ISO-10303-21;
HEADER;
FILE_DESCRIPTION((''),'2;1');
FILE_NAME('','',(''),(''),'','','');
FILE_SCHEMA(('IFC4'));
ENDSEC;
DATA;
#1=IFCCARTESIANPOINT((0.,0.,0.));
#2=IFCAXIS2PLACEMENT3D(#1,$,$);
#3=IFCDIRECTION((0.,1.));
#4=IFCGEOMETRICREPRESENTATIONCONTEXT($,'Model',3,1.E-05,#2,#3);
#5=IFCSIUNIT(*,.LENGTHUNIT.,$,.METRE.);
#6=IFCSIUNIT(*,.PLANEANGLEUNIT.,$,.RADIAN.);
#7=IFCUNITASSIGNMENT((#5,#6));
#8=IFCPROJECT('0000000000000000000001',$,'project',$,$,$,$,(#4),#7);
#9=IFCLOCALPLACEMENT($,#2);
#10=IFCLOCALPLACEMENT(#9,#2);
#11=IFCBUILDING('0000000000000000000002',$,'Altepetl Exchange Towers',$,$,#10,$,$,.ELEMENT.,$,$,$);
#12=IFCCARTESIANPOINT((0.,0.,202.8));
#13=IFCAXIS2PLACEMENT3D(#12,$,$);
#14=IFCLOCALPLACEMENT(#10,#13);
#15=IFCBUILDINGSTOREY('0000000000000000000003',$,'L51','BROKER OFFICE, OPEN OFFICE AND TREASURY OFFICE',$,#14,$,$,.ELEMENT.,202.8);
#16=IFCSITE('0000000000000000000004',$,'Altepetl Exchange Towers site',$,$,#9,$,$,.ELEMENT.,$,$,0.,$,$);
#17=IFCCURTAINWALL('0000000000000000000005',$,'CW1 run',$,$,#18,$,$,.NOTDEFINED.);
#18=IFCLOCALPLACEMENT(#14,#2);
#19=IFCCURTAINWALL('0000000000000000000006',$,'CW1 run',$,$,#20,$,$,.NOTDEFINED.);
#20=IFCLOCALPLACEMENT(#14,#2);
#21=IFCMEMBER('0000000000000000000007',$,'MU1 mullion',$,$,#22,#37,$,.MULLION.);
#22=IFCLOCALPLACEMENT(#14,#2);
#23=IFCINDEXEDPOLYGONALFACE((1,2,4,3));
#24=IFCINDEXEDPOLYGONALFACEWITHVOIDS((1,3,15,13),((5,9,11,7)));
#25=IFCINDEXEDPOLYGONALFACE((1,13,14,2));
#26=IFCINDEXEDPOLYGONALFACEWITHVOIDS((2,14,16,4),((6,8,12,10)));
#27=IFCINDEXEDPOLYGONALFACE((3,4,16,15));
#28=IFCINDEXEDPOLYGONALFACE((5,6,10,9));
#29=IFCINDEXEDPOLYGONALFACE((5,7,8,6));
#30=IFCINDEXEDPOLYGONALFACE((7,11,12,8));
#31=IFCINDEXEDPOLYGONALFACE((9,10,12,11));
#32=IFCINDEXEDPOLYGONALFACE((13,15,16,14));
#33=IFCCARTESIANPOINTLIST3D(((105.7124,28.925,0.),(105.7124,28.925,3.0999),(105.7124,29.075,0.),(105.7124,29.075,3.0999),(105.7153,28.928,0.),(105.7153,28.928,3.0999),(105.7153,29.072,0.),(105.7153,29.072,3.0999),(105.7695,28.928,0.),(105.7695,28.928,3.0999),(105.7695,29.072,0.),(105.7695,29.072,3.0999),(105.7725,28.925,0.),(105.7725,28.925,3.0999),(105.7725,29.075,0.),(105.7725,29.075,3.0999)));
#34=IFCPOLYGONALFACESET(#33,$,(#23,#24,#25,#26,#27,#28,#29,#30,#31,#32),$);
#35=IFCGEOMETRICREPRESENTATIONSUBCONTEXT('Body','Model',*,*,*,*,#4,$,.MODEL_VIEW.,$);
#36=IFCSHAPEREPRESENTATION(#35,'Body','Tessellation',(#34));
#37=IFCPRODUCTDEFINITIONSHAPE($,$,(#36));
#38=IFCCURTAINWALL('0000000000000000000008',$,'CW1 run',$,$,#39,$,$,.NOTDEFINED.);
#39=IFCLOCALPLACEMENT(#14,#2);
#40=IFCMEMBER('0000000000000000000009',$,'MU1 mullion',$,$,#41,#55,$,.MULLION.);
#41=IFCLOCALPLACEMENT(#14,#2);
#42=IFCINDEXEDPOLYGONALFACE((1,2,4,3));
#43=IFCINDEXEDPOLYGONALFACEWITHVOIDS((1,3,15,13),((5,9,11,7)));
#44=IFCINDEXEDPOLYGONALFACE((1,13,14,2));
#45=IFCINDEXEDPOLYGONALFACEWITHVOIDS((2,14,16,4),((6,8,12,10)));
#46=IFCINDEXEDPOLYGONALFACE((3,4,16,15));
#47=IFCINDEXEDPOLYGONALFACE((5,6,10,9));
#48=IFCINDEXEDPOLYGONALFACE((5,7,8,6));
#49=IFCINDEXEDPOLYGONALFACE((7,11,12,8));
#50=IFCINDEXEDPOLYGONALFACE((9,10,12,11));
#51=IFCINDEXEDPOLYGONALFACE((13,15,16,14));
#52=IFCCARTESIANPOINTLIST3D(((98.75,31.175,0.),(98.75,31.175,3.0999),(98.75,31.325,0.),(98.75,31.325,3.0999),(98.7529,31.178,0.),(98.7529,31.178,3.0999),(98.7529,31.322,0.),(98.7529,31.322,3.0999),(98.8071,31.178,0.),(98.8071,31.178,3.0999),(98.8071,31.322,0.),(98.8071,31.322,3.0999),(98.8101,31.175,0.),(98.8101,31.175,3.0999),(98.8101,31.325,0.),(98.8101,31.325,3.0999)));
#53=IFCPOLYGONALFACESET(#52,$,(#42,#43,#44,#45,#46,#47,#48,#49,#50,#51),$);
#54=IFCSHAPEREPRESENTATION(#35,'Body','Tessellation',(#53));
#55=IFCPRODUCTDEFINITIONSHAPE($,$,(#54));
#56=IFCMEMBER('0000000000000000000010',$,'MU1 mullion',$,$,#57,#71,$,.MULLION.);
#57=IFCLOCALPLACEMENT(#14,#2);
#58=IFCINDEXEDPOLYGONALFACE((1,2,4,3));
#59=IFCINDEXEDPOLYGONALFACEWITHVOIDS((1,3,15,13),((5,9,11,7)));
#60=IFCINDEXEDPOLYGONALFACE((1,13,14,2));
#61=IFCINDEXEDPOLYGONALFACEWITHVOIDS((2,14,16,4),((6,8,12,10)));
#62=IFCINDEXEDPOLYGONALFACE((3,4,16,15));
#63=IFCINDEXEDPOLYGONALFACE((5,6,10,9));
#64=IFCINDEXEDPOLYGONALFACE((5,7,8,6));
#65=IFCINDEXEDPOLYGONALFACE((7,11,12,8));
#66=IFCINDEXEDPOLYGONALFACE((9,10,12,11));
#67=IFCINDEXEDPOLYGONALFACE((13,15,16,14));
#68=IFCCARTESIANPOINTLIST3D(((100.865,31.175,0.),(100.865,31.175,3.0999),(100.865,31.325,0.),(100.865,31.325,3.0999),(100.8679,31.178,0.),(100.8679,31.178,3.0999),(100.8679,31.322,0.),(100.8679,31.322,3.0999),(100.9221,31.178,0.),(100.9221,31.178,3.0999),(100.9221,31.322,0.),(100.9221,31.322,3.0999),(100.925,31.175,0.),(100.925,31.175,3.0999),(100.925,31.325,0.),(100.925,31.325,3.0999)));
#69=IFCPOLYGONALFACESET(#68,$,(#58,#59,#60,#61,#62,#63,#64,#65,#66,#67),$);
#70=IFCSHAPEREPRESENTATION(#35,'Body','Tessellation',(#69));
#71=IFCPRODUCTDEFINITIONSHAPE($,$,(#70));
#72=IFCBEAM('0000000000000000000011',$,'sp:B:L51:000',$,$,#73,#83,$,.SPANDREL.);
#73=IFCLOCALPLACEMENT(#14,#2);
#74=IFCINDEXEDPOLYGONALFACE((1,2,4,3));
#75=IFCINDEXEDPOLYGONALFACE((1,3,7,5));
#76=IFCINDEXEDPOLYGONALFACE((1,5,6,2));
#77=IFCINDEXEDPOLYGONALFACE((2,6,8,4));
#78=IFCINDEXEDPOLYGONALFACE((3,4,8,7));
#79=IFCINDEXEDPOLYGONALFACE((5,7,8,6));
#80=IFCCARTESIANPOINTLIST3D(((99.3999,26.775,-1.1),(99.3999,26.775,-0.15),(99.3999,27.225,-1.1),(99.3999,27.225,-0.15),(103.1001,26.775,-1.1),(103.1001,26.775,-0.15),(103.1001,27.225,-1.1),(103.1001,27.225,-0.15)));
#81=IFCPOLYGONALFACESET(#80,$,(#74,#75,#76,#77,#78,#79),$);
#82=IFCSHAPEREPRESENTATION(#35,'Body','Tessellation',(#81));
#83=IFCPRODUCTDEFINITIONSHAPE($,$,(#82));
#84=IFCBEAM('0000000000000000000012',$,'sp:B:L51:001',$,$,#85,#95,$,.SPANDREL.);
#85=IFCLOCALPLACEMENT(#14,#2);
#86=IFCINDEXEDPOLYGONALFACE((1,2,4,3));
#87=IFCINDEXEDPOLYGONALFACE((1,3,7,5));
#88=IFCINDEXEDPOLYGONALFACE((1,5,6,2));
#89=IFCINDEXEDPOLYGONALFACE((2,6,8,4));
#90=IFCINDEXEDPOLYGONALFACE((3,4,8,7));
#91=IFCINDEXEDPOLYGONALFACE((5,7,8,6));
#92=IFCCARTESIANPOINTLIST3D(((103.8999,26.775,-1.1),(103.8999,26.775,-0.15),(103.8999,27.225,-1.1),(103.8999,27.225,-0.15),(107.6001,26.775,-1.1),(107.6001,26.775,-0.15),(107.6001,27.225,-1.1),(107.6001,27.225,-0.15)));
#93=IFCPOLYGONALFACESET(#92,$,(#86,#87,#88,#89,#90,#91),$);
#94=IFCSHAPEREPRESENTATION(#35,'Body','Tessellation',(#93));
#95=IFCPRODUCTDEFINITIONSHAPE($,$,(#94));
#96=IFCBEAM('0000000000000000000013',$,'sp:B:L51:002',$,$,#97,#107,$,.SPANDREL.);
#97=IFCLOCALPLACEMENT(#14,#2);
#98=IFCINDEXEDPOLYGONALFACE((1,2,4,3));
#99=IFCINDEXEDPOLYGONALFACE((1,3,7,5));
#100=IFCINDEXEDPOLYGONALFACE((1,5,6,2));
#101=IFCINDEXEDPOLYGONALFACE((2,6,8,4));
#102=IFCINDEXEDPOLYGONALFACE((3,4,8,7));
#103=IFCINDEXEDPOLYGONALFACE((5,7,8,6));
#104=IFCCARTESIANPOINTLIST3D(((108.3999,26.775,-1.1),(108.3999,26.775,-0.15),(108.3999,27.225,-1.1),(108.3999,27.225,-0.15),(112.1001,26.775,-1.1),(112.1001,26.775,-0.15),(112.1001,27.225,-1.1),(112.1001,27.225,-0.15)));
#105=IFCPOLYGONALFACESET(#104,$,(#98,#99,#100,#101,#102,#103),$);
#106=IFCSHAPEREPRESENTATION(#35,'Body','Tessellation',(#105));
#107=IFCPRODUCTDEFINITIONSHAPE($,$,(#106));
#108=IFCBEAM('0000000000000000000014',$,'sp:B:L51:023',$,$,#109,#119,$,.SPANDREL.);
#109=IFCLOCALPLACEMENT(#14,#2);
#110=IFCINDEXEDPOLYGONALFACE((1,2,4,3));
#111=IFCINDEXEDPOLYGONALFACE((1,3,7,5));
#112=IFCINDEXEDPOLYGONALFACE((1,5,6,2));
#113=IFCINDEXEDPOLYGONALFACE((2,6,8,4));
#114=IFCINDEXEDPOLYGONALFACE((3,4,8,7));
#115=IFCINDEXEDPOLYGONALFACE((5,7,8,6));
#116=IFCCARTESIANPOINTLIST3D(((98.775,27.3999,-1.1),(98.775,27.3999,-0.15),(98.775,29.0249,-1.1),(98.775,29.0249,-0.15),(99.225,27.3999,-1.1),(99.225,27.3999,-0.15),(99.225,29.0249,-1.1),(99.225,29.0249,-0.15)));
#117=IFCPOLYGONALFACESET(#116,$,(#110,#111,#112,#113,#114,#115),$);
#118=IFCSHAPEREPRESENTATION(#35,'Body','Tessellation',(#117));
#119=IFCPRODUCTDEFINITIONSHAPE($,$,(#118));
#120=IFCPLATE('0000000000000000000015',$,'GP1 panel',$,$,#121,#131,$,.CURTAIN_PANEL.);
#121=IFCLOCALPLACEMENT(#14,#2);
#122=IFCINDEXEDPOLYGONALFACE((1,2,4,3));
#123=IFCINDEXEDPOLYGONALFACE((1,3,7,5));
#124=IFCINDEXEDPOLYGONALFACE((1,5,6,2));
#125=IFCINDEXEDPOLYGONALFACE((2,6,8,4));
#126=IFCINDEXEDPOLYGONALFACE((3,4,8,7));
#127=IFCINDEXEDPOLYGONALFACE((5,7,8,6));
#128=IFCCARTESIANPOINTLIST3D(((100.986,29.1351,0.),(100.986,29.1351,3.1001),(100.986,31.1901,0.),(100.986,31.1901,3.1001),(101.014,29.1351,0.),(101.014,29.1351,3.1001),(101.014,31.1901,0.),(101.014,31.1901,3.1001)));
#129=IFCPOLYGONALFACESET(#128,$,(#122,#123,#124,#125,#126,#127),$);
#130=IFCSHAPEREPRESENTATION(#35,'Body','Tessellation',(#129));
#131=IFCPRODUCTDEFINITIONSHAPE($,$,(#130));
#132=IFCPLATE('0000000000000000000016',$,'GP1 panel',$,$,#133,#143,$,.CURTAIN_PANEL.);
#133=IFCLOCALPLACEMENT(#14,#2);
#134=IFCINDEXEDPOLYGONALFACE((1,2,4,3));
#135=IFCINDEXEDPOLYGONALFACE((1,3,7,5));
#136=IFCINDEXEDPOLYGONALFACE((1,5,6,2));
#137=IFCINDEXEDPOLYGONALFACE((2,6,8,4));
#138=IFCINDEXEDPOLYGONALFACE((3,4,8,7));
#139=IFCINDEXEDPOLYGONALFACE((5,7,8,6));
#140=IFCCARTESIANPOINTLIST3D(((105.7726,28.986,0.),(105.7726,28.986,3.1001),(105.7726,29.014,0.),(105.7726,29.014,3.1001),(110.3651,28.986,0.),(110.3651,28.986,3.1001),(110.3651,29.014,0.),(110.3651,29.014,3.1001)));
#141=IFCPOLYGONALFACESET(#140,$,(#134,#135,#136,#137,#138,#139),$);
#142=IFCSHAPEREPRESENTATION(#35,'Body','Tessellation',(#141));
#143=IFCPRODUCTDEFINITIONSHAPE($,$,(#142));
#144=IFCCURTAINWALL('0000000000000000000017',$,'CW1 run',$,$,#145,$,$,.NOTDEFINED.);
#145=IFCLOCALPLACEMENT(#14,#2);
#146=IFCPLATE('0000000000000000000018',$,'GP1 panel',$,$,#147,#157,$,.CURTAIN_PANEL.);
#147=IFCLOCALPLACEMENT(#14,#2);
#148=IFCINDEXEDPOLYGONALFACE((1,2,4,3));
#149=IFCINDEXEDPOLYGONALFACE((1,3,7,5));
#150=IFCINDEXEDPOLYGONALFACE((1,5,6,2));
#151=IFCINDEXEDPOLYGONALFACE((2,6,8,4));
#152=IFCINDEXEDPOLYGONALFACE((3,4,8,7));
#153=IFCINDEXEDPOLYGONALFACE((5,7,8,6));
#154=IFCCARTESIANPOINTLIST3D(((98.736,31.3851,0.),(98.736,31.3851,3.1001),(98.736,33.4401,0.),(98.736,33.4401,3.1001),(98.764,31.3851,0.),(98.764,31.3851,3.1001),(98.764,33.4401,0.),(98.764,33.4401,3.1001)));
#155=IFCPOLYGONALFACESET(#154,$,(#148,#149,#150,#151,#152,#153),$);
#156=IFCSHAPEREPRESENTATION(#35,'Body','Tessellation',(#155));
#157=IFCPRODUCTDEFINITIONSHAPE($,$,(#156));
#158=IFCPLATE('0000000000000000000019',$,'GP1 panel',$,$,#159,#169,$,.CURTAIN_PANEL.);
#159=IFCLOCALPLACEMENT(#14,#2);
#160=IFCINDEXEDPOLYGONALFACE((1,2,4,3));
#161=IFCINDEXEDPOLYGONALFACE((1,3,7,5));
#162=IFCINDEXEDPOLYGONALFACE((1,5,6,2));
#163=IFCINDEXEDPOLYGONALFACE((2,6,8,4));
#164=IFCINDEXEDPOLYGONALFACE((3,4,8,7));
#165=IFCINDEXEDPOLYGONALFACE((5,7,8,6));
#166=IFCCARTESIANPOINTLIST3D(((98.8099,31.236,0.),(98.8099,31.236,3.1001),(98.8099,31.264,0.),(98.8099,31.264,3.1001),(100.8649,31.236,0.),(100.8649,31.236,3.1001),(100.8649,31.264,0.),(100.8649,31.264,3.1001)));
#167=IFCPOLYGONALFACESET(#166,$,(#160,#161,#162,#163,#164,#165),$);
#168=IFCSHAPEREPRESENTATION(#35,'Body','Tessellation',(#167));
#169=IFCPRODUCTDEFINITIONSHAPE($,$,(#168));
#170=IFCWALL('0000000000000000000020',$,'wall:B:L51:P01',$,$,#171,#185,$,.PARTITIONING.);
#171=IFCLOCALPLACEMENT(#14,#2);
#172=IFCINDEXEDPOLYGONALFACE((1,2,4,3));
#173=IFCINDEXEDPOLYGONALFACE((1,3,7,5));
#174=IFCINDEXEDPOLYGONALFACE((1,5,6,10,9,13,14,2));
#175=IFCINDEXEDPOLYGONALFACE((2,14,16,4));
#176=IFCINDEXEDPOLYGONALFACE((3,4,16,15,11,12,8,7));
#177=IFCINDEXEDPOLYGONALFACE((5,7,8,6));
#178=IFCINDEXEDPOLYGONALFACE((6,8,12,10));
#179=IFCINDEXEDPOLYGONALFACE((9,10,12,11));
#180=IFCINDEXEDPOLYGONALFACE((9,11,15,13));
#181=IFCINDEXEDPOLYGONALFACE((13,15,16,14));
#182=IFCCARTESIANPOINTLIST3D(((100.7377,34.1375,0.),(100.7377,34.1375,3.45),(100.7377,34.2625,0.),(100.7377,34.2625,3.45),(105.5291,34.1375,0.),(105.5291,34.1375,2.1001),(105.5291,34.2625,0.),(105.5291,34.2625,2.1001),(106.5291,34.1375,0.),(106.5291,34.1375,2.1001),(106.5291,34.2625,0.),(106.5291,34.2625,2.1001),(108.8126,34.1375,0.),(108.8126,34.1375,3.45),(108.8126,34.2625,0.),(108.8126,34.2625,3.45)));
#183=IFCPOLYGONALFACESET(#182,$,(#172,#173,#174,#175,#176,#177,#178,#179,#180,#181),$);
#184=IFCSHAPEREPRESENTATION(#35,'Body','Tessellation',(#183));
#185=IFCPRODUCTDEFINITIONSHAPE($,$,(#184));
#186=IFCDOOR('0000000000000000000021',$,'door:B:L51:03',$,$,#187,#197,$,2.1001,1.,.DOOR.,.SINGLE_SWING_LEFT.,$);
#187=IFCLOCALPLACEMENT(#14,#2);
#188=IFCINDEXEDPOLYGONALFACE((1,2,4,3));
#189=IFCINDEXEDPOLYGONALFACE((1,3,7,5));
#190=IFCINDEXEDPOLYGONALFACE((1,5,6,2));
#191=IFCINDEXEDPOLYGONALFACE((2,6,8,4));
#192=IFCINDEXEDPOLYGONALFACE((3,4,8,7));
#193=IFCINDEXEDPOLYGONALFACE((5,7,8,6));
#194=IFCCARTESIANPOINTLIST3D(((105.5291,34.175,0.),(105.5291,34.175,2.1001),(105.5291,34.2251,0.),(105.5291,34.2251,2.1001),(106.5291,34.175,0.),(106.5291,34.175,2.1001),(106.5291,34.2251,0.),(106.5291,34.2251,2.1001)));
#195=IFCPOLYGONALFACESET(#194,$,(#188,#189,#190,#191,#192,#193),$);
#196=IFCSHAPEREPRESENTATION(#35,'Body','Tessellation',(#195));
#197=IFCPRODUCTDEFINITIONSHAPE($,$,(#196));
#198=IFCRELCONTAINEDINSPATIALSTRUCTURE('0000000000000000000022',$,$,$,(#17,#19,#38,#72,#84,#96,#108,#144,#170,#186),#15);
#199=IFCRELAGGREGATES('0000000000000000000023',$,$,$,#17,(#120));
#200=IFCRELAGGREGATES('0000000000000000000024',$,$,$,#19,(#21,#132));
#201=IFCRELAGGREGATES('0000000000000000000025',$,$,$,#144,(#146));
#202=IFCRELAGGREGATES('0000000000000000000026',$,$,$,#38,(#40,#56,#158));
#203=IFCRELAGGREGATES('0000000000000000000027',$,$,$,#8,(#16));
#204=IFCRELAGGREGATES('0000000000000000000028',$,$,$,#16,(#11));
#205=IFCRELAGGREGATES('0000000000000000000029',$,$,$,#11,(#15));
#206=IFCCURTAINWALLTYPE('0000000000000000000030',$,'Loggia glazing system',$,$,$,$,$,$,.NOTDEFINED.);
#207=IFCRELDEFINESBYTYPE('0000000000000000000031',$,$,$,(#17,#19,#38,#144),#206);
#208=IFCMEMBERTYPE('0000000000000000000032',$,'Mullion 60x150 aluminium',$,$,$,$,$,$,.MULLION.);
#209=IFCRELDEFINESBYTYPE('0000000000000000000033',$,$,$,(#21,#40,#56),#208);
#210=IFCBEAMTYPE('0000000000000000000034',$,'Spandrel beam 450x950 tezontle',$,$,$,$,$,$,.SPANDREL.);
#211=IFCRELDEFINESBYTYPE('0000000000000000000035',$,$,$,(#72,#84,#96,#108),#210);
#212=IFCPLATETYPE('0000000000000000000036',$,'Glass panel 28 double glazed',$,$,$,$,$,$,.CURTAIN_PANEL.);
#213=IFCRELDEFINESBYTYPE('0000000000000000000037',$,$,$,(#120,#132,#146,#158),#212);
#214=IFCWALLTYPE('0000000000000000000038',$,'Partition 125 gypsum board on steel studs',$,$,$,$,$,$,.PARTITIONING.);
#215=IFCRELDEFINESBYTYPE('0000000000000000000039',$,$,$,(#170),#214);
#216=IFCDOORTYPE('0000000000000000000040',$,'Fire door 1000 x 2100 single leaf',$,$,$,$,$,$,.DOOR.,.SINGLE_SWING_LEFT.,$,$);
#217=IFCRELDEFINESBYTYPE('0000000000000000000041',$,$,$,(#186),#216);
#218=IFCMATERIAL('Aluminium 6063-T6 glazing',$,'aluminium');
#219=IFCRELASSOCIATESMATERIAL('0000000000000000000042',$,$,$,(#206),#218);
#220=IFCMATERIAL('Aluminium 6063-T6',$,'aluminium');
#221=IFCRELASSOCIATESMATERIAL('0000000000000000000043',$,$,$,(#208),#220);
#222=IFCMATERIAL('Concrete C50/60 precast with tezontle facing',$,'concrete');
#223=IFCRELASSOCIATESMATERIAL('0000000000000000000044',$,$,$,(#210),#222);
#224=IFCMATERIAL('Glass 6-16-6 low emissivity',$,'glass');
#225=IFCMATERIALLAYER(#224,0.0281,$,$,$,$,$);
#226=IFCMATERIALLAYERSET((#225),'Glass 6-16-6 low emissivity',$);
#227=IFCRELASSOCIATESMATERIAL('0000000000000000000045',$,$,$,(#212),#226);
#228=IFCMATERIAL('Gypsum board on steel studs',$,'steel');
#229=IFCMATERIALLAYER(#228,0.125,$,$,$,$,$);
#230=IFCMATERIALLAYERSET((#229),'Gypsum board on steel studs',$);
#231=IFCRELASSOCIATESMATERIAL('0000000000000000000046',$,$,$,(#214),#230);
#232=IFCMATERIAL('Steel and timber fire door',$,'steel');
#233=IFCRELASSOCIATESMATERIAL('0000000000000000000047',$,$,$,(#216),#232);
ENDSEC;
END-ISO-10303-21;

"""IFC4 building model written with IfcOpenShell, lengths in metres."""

from ifc_helpers import new_model, si_unit, direction, frame, frame_2d, origin, origin_2d, place, context, subcontext, project, spatial, rectangle, hollow_rectangle, extrude, material, layer, layer_set, material_profile, profile_set, type_object, element, fill, aggregate, save


model = new_model("IFC4")

# Units and contexts
model_context = context("Model", 3, precision=1e-05, world=origin(), true_north=direction((0.0, 1.0)))
body_context = subcontext(model_context, "Body", "Model", "MODEL_VIEW")
ifc_project = project(units=[si_unit("LENGTHUNIT", "METRE"), si_unit("PLANEANGLEUNIT", "RADIAN")], contexts=[model_context])

# Site, building, storey
site_placement = place(None, origin())
site = spatial("IfcSite", under=ifc_project, at=site_placement, Name="Altepetl Exchange Towers site", CompositionType="ELEMENT", RefElevation=0.0)
building_placement = place(site_placement, origin())
building = spatial("IfcBuilding", under=site, at=building_placement, Name="Altepetl Exchange Towers", CompositionType="ELEMENT")
storey_placement = place(building_placement, frame((0.0, 0.0, 202.8)))
storey = spatial("IfcBuildingStorey", under=building, at=storey_placement, Name="L51", Description="BROKER OFFICE, OPEN OFFICE AND TREASURY OFFICE", CompositionType="ELEMENT", Elevation=202.8)

# Curtain wall
ifc_material_1 = material(Name="Aluminium 6063-T6 glazing", Category="aluminium")
curtain_wall_type = type_object("IfcCurtainWallType", Name="Loggia glazing system", PredefinedType="NOTDEFINED", material=ifc_material_1)
curtain_wall_1_placement = place(storey_placement, origin())
curtain_wall_1 = element("IfcCurtainWall", 1, at=curtain_wall_1_placement, inside=storey, type_object=curtain_wall_type, Name="CW1 run", PredefinedType="NOTDEFINED")
ifc_material_2 = material(Name="Aluminium 6063-T6", Category="aluminium")
ifc_material_profile_1 = material_profile(ifc_material_2, hollow_rectangle(XDim=0.0601, YDim=0.1499, WallThickness=0.0029, at=origin_2d()), Name="Mullion 60x150 aluminium")
ifc_profile_set_1 = profile_set([ifc_material_profile_1], Name="Aluminium 6063-T6")
member_type = type_object("IfcMemberType", Name="Mullion 60x150 aluminium", PredefinedType="MULLION", material=ifc_profile_set_1)

# Curtain wall, member
curtain_wall_2_placement = place(storey_placement, origin())
curtain_wall_2 = element("IfcCurtainWall", 2, at=curtain_wall_2_placement, inside=storey, type_object=curtain_wall_type, Name="CW1 run", PredefinedType="NOTDEFINED")
member_1_placement = place(storey_placement, frame((105.7424, 29.0, 0.0)))
member_1 = element("IfcMember", 3, at=member_1_placement, type_object=member_type, Name="MU1 mullion", PredefinedType="MULLION", context=body_context, shape_type="SweptSolid", body=[
    extrude(hollow_rectangle(XDim=0.0601, YDim=0.1499, WallThickness=0.0029, at=origin_2d()), origin(), (0.0, 0.0, 1.0), 3.0999),
])

# Curtain wall, members
curtain_wall_3_placement = place(storey_placement, origin())
curtain_wall_3 = element("IfcCurtainWall", 4, at=curtain_wall_3_placement, inside=storey, type_object=curtain_wall_type, Name="CW1 run", PredefinedType="NOTDEFINED")
member_2_placement = place(storey_placement, frame((98.78, 31.25, 0.0)))
member_2 = element("IfcMember", 5, at=member_2_placement, type_object=member_type, Name="MU1 mullion", PredefinedType="MULLION", context=body_context, shape_type="SweptSolid", body=[
    extrude(hollow_rectangle(XDim=0.0601, YDim=0.1499, WallThickness=0.0029, at=origin_2d()), origin(), (0.0, 0.0, 1.0), 3.0999),
])
member_3_placement = place(storey_placement, frame((100.895, 31.25, 0.0)))
member_3 = element("IfcMember", 6, at=member_3_placement, type_object=member_type, Name="MU1 mullion", PredefinedType="MULLION", context=body_context, shape_type="SweptSolid", body=[
    extrude(hollow_rectangle(XDim=0.0601, YDim=0.1499, WallThickness=0.0029, at=origin_2d()), origin(), (0.0, 0.0, 1.0), 3.0999),
])

# Beams
ifc_material_3 = material(Name="Concrete C50/60 precast with tezontle facing", Category="concrete")
ifc_material_profile_2 = material_profile(ifc_material_3, rectangle(XDim=0.45, YDim=0.95, at=origin_2d()), Name="450 x 950")
ifc_profile_set_2 = profile_set([ifc_material_profile_2], Name="Concrete C50/60 precast with tezontle facing")
beam_type_1 = type_object("IfcBeamType", Name="Spandrel beam 450x950 tezontle", PredefinedType="SPANDREL", material=ifc_profile_set_2)
for number, where, z_axis, x_axis, name in (
    (7, (99.3999, 27.0, -0.625), (1.0, 0.0, 0.0), (0.0, 1.0, 0.0), "sp:B:L51:000"),
    (8, (103.8999, 27.0, -0.625), (1.0, 0.0, 0.0), (0.0, 1.0, 0.0), "sp:B:L51:001"),
    (9, (108.3999, 27.0, -0.625), (1.0, 0.0, 0.0), (0.0, 1.0, 0.0), "sp:B:L51:002"),
):
    element("IfcBeam", number, at=place(storey_placement, frame(where, z_axis=z_axis, x_axis=x_axis)), inside=storey, type_object=beam_type_1, Name=name, PredefinedType="SPANDREL", context=body_context, shape_type="SweptSolid", body=[
        extrude(rectangle(XDim=0.45, YDim=0.95, at=origin_2d()), origin(), (0.0, 0.0, 1.0), 3.7002),
    ])
beam_1_placement = place(storey_placement, frame((99.0, 29.0249, -0.625), z_axis=(0.0, -1.0, 0.0), x_axis=(1.0, 0.0, 0.0)))
element("IfcBeam", 10, at=beam_1_placement, inside=storey, type_object=beam_type_1, Name="sp:B:L51:023", PredefinedType="SPANDREL", context=body_context, shape_type="SweptSolid", body=[
    extrude(rectangle(XDim=0.45, YDim=0.95, at=origin_2d()), origin(), (0.0, 0.0, 1.0), 1.625),
])

# Plates
ifc_material_4 = material(Name="Glass 6-16-6 low emissivity", Category="glass")
ifc_layer_1 = layer(ifc_material_4, 0.0281)
ifc_layer_set_1 = layer_set([ifc_layer_1], Name="Glass 6-16-6 low emissivity")
plate_type = type_object("IfcPlateType", Name="Glass panel 28 double glazed", PredefinedType="CURTAIN_PANEL", material=ifc_layer_set_1)
plate_1_placement = place(storey_placement, frame((101.0, 30.1626, 0.0), z_axis=(0.0, 0.0, 1.0), x_axis=(0.0, -1.0, 0.0)))
plate_1 = element("IfcPlate", 11, at=plate_1_placement, type_object=plate_type, Name="GP1 panel", PredefinedType="CURTAIN_PANEL", context=body_context, shape_type="SweptSolid", body=[
    extrude(rectangle(XDim=2.0549, YDim=0.0281, at=origin_2d()), origin(), (0.0, 0.0, 1.0), 3.1001),
])
aggregate(curtain_wall_1, [plate_1])
plate_2_placement = place(storey_placement, frame((108.0688, 29.0, 0.0)))
plate_2 = element("IfcPlate", 12, at=plate_2_placement, type_object=plate_type, Name="GP1 panel", PredefinedType="CURTAIN_PANEL", context=body_context, shape_type="SweptSolid", body=[
    extrude(rectangle(XDim=4.5925, YDim=0.0281, at=origin_2d()), origin(), (0.0, 0.0, 1.0), 3.1001),
])
aggregate(curtain_wall_2, [member_1, plate_2])

# Curtain wall, plate
curtain_wall_4_placement = place(storey_placement, origin())
curtain_wall_4 = element("IfcCurtainWall", 13, at=curtain_wall_4_placement, inside=storey, type_object=curtain_wall_type, Name="CW1 run", PredefinedType="NOTDEFINED")
plate_3_placement = place(storey_placement, frame((98.75, 32.4126, 0.0), z_axis=(0.0, 0.0, 1.0), x_axis=(0.0, -1.0, 0.0)))
plate_3 = element("IfcPlate", 14, at=plate_3_placement, type_object=plate_type, Name="GP1 panel", PredefinedType="CURTAIN_PANEL", context=body_context, shape_type="SweptSolid", body=[
    extrude(rectangle(XDim=2.0549, YDim=0.0281, at=origin_2d()), origin(), (0.0, 0.0, 1.0), 3.1001),
])
aggregate(curtain_wall_4, [plate_3])

# Plate
plate_4_placement = place(storey_placement, frame((99.8374, 31.25, 0.0)))
plate_4 = element("IfcPlate", 15, at=plate_4_placement, type_object=plate_type, Name="GP1 panel", PredefinedType="CURTAIN_PANEL", context=body_context, shape_type="SweptSolid", body=[
    extrude(rectangle(XDim=2.0549, YDim=0.0281, at=origin_2d()), origin(), (0.0, 0.0, 1.0), 3.1001),
])
aggregate(curtain_wall_3, [member_2, member_3, plate_4])

# Wall, opening, door
ifc_material_5 = material(Name="Gypsum board on steel studs", Category="steel")
ifc_layer_2 = layer(ifc_material_5, 0.125)
ifc_layer_set_2 = layer_set([ifc_layer_2], Name="Gypsum board on steel studs")
wall_type_1 = type_object("IfcWallType", Name="Partition 125 gypsum board on steel studs", PredefinedType="PARTITIONING", material=ifc_layer_set_2)
wall_1_placement = place(storey_placement, frame((100.7375, 34.2, 0.0)))
wall_1 = element("IfcWall", 16, at=wall_1_placement, inside=storey, type_object=wall_type_1, Name="wall:B:L51:P01", PredefinedType="PARTITIONING", context=body_context, shape_type="SweptSolid", body=[
    extrude(rectangle(XDim=8.075, YDim=0.125, at=frame_2d((4.0376, 0.0))), origin(), (0.0, 0.0, 1.0), 3.45),
])
opening_1_placement = place(wall_1_placement, frame((4.7915, 0.0, 0.0)))
opening_1 = element("IfcOpeningElement", 17, at=opening_1_placement, cuts=wall_1, PredefinedType="OPENING", context=body_context, shape_type="SweptSolid", body=[
    extrude(rectangle(XDim=1.0, YDim=2.1001, at=frame_2d((0.5, 1.05))), frame((0.0, 0.0725, 0.0), z_axis=(0.0, -1.0, 0.0), x_axis=(1.0, 0.0, 0.0)), (0.0, 0.0, 1.0), 0.145),
])
ifc_material_6 = material(Name="Steel and timber fire door", Category="steel")
door_type_1 = type_object("IfcDoorType", Name="Fire door 1000 x 2100 single leaf", OperationType="SINGLE_SWING_LEFT", PredefinedType="DOOR", material=ifc_material_6)
door_1_placement = place(opening_1_placement, frame((1.0, 0.0, 0.0), x_axis=(-1.0, 0.0, 0.0)))
door_1 = element("IfcDoor", 18, at=door_1_placement, inside=storey, type_object=door_type_1, Name="door:B:L51:03", OperationType="SINGLE_SWING_LEFT", OverallHeight=2.1001, OverallWidth=1.0, PredefinedType="DOOR", context=body_context, shape_type="SweptSolid", body=[
    extrude(rectangle(XDim=1.0, YDim=2.1001, at=frame_2d((0.5, 1.05))), frame((0.0, 0.0249, 0.0), z_axis=(0.0, -1.0, 0.0), x_axis=(1.0, 0.0, 0.0)), (0.0, 0.0, 1.0), 0.05),
])
fill(opening_1, door_1)

save(model, "model.ifc")
